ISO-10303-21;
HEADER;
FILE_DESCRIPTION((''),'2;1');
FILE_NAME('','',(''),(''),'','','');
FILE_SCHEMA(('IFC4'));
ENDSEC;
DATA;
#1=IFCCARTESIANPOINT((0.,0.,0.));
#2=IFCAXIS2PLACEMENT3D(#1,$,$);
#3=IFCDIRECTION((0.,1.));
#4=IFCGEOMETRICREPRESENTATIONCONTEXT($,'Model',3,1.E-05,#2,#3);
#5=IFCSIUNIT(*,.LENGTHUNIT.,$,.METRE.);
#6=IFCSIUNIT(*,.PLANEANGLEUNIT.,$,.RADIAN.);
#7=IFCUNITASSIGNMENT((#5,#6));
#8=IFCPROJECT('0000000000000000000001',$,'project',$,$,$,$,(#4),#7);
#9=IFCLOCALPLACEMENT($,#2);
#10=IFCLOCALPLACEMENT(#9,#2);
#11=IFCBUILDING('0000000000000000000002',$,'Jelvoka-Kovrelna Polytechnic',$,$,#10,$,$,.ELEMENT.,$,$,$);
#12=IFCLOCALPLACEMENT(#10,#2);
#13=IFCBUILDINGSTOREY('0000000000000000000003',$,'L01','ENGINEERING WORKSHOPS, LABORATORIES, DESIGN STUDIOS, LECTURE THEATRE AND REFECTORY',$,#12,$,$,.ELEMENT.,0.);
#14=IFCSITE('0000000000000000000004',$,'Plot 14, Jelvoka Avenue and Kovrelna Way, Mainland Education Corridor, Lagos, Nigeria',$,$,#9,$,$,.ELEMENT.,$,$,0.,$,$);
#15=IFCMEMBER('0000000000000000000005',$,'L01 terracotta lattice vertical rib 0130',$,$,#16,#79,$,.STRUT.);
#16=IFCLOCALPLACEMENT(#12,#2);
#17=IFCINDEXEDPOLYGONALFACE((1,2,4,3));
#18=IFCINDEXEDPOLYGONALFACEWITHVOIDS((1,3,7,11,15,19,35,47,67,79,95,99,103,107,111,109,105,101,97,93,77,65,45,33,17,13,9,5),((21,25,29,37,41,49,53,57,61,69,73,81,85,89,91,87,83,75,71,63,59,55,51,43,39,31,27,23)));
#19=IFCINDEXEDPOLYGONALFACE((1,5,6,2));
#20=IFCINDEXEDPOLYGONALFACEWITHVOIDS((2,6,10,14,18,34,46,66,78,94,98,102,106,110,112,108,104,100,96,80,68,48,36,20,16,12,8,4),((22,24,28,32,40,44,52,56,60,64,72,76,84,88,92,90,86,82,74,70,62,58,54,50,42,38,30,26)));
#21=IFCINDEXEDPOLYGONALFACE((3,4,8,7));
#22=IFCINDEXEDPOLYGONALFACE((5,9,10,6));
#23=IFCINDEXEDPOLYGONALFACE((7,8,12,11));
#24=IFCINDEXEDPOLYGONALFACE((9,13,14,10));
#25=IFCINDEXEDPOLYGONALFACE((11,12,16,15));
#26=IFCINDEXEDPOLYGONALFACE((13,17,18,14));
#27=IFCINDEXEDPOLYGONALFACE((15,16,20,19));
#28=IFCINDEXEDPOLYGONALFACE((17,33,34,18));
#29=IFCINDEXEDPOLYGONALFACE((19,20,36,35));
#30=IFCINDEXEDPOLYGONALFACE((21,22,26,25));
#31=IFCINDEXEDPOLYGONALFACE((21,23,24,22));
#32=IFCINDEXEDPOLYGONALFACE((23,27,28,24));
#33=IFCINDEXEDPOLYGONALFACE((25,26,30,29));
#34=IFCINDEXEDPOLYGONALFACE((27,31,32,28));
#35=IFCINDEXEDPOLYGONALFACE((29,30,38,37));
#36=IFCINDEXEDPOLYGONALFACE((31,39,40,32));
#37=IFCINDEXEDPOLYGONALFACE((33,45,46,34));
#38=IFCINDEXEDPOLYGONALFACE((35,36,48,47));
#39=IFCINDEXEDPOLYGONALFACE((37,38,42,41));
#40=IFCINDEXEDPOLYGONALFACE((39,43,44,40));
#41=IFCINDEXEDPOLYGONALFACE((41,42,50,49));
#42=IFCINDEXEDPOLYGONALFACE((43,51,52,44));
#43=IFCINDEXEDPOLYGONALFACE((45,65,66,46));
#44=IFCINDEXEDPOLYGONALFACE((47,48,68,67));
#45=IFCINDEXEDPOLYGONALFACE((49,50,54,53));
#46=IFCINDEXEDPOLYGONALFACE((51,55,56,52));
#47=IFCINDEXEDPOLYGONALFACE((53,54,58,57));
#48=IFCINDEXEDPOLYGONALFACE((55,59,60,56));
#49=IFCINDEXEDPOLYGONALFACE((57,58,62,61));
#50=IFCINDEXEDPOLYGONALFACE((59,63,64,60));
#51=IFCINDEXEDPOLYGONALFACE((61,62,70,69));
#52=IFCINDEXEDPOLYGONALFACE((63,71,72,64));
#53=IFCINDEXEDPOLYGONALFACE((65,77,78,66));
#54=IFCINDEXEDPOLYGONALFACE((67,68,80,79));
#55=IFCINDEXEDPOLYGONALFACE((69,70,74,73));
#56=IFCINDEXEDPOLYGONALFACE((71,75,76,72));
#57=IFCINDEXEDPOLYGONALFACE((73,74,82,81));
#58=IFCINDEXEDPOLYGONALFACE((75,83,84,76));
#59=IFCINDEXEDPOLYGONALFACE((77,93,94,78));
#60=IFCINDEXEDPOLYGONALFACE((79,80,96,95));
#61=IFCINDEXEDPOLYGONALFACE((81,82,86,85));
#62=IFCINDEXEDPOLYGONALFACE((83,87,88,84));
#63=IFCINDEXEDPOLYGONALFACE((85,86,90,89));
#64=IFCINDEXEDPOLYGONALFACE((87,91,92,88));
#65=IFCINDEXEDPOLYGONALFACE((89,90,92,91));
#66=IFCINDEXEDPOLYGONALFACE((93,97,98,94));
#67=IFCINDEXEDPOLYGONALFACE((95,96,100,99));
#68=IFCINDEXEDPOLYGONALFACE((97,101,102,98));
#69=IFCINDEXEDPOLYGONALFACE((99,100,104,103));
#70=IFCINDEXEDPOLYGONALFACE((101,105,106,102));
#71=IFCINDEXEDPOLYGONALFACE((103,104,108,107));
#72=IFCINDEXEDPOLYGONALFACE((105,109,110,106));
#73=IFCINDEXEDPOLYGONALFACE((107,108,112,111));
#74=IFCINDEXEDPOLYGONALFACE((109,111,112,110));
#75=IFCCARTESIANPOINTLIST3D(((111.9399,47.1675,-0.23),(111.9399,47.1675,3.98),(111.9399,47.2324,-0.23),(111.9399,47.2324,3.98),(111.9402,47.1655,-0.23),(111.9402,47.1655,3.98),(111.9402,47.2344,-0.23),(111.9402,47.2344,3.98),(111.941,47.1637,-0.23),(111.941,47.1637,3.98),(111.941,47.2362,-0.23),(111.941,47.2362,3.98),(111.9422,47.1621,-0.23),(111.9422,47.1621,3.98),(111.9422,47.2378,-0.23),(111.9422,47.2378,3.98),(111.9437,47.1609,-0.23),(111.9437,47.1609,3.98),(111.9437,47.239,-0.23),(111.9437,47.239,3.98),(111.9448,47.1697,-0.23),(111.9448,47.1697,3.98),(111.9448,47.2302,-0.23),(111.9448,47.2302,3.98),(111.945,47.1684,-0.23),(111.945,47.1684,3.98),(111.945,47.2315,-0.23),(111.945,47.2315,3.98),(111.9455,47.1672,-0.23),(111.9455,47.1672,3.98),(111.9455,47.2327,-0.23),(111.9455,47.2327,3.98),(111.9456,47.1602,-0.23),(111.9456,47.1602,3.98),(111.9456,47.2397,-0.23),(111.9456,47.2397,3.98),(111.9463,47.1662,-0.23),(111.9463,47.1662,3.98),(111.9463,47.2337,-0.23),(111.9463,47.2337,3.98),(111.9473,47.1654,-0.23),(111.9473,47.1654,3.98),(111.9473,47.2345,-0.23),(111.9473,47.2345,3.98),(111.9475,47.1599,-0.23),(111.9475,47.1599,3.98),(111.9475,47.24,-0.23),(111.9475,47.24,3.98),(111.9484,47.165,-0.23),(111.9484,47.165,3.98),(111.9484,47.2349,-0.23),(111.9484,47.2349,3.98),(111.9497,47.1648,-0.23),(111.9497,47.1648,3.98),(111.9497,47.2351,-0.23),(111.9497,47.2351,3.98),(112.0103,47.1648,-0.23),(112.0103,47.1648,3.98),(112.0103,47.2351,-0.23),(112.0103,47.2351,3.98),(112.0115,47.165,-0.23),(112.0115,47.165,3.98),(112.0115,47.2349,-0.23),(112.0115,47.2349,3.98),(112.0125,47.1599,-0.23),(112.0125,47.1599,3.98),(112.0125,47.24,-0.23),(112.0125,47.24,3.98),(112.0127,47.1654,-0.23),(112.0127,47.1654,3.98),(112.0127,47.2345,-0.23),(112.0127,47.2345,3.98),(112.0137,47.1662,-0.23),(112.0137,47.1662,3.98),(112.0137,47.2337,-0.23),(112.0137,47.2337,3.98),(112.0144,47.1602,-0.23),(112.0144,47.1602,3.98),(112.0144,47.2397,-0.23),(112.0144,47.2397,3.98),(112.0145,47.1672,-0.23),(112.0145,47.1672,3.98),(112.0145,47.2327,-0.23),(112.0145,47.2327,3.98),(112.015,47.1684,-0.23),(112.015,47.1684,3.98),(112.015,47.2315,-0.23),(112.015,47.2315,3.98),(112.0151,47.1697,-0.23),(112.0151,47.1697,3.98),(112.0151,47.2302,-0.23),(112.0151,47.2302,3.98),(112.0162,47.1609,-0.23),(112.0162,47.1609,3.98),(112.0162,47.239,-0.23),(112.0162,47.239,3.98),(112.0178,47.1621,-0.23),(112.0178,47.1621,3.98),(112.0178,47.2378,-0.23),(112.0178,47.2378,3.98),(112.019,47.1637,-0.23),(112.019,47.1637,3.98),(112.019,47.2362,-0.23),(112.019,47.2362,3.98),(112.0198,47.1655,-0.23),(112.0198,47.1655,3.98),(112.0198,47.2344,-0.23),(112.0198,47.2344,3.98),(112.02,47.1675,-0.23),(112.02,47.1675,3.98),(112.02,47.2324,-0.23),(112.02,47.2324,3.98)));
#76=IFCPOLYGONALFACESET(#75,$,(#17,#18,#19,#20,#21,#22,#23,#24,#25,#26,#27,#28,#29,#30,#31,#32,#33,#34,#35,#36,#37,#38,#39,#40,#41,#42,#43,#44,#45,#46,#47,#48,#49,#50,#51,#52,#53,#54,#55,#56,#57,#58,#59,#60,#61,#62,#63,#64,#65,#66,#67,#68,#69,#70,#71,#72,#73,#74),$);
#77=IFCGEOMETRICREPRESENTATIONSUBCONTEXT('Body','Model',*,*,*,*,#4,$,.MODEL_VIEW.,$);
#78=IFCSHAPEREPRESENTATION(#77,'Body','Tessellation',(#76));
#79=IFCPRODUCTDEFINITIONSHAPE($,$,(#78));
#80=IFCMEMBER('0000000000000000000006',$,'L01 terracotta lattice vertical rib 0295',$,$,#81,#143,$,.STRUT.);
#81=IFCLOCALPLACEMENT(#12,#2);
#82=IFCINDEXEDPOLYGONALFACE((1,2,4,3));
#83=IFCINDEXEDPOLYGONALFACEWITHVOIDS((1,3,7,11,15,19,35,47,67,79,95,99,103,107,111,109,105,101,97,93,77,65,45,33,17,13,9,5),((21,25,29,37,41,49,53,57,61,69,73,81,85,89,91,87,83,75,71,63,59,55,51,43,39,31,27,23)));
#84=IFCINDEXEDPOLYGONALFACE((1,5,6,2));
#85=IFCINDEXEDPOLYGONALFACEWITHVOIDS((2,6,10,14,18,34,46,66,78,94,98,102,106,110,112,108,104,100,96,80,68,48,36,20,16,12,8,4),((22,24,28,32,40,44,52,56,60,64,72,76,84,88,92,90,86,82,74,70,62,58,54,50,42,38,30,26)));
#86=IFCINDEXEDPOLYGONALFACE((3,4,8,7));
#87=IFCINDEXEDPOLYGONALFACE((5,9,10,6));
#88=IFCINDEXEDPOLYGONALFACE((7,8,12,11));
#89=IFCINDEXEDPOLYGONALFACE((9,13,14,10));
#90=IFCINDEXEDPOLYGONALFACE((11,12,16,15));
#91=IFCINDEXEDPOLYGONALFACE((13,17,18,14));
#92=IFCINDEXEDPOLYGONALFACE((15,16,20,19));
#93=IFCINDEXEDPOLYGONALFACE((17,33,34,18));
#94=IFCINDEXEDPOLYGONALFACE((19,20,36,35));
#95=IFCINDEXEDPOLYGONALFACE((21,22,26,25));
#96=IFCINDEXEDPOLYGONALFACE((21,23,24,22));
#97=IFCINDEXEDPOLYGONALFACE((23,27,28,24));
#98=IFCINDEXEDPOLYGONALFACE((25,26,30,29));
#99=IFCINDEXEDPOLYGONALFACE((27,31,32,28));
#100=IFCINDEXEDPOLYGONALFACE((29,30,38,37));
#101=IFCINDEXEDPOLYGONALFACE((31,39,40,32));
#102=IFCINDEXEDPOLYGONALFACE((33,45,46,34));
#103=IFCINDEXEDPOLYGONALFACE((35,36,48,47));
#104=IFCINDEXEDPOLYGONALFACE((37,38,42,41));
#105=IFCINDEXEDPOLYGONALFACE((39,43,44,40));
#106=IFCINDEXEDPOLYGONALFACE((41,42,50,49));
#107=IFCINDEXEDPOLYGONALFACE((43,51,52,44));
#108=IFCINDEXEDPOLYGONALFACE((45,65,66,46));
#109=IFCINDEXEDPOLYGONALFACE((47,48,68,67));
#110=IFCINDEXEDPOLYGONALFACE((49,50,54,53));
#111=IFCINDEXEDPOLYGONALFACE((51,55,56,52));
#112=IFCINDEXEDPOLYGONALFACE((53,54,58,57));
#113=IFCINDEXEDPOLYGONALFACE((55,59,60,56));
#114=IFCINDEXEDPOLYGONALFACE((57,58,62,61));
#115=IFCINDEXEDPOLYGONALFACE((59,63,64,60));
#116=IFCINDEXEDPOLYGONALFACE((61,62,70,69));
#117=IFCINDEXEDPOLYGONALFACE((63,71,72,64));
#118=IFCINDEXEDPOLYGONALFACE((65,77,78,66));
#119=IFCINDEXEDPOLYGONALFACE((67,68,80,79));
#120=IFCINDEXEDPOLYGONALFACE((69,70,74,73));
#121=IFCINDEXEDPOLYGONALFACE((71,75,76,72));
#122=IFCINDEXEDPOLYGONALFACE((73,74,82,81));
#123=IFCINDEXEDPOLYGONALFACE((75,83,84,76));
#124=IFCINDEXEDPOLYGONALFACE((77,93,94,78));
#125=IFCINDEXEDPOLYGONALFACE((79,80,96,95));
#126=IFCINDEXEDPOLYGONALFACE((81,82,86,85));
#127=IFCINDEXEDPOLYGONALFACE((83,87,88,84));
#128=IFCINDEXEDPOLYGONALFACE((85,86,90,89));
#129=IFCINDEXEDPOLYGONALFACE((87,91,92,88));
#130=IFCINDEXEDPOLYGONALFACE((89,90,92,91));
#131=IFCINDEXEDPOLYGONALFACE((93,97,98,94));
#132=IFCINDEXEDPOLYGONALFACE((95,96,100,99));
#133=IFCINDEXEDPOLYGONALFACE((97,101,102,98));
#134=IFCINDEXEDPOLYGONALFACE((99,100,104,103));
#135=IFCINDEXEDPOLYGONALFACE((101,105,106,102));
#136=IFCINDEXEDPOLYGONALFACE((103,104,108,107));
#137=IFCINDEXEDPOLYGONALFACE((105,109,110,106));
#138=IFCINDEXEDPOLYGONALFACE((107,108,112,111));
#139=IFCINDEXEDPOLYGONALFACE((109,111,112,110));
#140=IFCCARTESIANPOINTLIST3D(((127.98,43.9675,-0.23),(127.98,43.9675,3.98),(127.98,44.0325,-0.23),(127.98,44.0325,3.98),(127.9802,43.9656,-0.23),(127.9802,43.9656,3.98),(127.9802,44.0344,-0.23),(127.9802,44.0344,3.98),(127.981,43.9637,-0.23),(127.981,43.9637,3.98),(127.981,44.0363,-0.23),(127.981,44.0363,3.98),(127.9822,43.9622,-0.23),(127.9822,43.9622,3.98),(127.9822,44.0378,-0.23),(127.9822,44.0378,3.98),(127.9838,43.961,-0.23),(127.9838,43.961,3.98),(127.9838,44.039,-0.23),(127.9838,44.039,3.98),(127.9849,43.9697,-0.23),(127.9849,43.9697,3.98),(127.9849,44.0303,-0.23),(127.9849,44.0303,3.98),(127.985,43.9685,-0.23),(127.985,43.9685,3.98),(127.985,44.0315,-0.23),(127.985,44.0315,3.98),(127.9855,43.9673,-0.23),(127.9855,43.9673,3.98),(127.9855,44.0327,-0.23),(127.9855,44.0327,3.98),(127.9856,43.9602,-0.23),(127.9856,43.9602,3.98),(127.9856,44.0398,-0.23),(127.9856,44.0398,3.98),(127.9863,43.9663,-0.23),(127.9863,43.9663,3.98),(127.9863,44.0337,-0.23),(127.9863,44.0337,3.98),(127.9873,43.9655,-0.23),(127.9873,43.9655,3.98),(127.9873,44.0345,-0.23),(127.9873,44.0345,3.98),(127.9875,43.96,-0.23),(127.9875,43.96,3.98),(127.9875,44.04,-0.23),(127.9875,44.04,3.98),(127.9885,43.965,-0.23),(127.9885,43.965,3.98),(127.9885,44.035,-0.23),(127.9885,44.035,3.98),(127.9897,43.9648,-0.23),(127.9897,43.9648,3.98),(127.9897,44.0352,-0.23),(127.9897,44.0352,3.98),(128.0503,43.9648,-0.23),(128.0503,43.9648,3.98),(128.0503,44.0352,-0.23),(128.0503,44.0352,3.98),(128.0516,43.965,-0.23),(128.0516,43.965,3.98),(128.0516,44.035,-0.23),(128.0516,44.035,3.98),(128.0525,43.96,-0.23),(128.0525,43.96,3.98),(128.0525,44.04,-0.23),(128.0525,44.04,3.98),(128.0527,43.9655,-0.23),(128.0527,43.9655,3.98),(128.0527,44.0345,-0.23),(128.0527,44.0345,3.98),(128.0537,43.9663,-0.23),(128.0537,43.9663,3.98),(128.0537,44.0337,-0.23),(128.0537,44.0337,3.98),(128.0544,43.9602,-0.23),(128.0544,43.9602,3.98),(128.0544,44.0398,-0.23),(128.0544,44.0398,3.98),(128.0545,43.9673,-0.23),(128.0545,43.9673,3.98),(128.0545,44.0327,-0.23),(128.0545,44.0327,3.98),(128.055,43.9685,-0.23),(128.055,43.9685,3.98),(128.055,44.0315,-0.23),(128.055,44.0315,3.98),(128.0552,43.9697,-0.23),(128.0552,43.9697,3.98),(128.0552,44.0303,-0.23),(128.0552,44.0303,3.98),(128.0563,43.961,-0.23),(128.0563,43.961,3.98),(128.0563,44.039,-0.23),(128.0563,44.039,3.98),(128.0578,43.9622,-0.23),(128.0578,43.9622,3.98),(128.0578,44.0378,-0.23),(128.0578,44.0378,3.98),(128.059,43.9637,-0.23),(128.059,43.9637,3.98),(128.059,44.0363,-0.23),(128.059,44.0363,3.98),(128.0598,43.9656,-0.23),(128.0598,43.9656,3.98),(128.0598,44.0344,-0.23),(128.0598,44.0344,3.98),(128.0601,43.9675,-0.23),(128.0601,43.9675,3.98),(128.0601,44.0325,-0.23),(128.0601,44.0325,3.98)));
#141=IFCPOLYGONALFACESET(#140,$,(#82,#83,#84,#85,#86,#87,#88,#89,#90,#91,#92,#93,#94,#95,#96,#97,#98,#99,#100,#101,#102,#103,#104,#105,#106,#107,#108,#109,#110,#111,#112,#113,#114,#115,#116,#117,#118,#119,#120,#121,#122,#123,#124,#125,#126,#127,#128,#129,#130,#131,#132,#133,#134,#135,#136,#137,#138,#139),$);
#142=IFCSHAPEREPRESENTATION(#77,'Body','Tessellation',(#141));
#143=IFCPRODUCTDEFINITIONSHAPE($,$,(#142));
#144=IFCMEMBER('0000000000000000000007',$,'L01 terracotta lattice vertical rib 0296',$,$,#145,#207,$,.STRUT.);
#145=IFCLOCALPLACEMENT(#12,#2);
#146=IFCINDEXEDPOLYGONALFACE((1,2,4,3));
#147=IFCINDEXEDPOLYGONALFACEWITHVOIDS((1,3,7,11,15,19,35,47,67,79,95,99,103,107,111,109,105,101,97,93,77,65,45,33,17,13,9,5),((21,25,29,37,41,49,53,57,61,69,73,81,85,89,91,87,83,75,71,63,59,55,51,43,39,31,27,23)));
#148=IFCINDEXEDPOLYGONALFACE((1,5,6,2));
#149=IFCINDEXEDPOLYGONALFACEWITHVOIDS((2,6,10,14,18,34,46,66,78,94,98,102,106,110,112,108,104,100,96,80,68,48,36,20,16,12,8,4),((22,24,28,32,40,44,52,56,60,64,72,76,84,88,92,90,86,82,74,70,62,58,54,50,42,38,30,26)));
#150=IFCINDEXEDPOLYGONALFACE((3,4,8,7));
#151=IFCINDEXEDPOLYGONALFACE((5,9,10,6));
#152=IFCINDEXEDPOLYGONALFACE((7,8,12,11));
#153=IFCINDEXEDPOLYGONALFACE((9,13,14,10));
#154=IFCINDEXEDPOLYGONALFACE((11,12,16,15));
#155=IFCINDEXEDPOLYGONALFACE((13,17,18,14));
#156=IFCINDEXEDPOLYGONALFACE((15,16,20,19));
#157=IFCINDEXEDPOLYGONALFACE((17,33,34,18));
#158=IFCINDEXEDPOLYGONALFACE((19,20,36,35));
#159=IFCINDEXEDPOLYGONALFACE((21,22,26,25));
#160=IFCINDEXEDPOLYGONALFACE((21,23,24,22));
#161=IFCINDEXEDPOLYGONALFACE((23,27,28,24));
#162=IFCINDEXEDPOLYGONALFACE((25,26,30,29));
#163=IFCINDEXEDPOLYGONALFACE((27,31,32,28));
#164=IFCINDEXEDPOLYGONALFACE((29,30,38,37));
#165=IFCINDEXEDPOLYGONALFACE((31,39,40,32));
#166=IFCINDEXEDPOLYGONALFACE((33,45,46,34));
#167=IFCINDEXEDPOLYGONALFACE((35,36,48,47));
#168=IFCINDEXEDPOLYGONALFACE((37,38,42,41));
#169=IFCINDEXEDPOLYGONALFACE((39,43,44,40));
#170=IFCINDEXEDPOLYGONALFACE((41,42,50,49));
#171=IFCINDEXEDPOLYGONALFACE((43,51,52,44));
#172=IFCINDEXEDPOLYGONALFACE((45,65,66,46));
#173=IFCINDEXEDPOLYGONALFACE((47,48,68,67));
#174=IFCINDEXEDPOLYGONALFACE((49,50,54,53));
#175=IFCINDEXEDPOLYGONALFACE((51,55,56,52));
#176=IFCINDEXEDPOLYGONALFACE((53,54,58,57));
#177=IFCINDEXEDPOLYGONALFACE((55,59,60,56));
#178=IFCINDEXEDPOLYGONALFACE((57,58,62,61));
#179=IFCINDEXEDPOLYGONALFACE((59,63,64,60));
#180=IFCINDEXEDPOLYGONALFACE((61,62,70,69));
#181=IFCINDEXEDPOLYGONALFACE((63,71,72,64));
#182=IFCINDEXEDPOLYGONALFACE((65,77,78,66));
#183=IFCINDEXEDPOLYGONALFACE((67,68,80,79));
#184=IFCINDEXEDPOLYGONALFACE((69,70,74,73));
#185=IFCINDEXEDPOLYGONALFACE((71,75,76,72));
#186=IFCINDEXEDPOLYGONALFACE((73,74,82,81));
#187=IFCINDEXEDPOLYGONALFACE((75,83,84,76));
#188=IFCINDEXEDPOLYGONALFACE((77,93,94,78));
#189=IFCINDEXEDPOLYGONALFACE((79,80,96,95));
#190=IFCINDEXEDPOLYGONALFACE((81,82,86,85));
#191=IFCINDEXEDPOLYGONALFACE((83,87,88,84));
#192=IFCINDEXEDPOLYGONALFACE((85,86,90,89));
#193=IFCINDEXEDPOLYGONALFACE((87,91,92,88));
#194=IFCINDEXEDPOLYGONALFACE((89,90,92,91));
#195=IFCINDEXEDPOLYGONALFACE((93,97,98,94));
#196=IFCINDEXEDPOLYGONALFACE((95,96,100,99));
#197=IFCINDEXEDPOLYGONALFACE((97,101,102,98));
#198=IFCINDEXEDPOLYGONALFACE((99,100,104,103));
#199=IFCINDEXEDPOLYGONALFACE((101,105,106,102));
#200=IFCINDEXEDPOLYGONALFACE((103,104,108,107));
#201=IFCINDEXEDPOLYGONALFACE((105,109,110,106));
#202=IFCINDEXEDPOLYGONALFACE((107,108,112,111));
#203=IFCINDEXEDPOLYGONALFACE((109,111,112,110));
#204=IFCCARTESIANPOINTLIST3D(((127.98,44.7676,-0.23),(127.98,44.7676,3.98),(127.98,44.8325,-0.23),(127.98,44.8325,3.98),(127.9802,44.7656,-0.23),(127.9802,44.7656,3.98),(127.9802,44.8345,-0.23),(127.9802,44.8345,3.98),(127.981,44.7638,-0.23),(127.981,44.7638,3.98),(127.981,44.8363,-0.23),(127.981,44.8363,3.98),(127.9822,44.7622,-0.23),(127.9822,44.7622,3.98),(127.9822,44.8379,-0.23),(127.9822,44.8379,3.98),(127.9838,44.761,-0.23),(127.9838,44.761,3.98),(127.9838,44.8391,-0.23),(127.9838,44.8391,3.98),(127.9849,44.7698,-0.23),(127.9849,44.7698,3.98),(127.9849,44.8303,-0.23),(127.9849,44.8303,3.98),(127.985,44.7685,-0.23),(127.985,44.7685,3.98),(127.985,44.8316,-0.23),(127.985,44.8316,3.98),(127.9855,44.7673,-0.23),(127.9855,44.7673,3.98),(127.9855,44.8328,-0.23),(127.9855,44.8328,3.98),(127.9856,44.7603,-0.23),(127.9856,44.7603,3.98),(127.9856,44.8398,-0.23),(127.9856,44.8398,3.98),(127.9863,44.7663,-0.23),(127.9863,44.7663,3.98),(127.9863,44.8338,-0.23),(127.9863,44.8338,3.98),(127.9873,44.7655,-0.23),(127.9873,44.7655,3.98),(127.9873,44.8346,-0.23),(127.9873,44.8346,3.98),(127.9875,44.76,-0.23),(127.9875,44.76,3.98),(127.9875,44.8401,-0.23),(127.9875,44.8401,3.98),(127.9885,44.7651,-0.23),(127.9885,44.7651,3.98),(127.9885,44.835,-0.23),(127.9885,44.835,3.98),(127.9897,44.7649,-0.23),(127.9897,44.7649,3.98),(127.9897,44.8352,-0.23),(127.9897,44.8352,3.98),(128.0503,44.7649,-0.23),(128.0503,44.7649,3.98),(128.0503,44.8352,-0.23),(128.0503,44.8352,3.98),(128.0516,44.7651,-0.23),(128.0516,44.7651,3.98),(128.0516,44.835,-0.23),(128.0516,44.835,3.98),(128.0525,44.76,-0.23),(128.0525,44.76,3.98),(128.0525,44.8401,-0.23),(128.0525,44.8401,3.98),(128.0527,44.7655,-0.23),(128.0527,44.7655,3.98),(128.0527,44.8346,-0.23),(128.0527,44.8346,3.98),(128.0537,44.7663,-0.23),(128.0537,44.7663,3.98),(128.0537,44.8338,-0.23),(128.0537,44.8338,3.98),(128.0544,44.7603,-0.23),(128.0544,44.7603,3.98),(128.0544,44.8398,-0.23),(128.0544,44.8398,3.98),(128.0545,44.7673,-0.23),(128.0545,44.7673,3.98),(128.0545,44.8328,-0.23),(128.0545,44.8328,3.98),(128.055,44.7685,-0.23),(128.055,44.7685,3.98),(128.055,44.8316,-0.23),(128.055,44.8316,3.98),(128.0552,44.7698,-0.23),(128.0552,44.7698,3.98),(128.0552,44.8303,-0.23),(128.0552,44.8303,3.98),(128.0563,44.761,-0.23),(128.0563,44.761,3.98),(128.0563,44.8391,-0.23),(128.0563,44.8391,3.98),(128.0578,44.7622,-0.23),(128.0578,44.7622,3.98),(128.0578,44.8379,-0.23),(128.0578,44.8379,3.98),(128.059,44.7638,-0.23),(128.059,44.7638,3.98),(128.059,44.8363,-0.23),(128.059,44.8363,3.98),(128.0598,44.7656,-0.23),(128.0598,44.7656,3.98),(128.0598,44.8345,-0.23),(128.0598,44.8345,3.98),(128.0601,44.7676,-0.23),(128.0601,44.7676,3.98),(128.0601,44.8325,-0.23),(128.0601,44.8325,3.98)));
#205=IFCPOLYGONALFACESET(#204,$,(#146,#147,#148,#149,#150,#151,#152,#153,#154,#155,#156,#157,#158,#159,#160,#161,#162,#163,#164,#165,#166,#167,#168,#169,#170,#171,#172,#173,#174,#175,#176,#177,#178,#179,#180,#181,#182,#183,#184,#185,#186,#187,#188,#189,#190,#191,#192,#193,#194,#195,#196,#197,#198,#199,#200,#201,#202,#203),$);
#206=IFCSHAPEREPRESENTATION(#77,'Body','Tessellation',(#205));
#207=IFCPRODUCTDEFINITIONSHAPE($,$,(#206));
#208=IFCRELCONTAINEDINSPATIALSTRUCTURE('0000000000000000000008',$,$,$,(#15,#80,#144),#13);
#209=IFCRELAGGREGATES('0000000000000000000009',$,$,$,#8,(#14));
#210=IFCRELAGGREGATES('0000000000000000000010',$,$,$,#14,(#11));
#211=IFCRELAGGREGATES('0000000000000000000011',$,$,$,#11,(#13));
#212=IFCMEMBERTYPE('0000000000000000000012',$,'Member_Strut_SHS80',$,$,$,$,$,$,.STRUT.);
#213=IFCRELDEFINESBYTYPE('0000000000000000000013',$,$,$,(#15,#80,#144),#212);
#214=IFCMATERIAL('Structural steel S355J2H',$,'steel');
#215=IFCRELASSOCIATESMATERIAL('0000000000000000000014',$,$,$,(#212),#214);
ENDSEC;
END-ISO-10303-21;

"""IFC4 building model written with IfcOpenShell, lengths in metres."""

from ifc_helpers import new_model, si_unit, direction, frame, origin, origin_2d, place, context, subcontext, project, spatial, hollow_rectangle, extrude, material, material_profile, profile_set, type_object, element, save


model = new_model("IFC4")

# Units and contexts
model_context = context("Model", 3, precision=1e-05, world=origin(), true_north=direction((0.0, 1.0)))
body_context = subcontext(model_context, "Body", "Model", "MODEL_VIEW")
ifc_project = project(units=[si_unit("LENGTHUNIT", "METRE"), si_unit("PLANEANGLEUNIT", "RADIAN")], contexts=[model_context])

# Site, building, storey
site_placement = place(None, origin())
site = spatial("IfcSite", under=ifc_project, at=site_placement, Name="Plot 14, Jelvoka Avenue and Kovrelna Way, Mainland Education Corridor, Lagos, Nigeria", CompositionType="ELEMENT", RefElevation=0.0)
building_placement = place(site_placement, origin())
building = spatial("IfcBuilding", under=site, at=building_placement, Name="Jelvoka-Kovrelna Polytechnic", CompositionType="ELEMENT")
storey_placement = place(building_placement, origin())
storey = spatial("IfcBuildingStorey", under=building, at=storey_placement, Name="L01", Description="ENGINEERING WORKSHOPS, LABORATORIES, DESIGN STUDIOS, LECTURE THEATRE AND REFECTORY", CompositionType="ELEMENT", Elevation=0.0)

# Members
ifc_material_1 = material(Name="Structural steel S355J2H", Category="steel")
ifc_material_profile_1 = material_profile(ifc_material_1, hollow_rectangle(XDim=0.0801, YDim=0.0801, WallThickness=0.0049, InnerFilletRadius=0.0049, OuterFilletRadius=0.0076, at=origin_2d()), Name="80x80x5.0 SHS")
ifc_profile_set_1 = profile_set([ifc_material_profile_1], Name="Structural steel S355J2H")
member_type_1 = type_object("IfcMemberType", Name="Member_Strut_SHS80", PredefinedType="STRUT", material=ifc_profile_set_1)
for number, where, z_axis, x_axis, name in (
    (1, (111.98, 47.2, -0.23), (0.0, 0.0, 1.0), (1.0, 0.0, 0.0), "L01 terracotta lattice vertical rib 0130"),
    (2, (128.02, 44.0, -0.23), (0.0, 0.0, 1.0), (1.0, 0.0, 0.0), "L01 terracotta lattice vertical rib 0295"),
    (3, (128.02, 44.8, -0.23), (0.0, 0.0, 1.0), (1.0, 0.0, 0.0), "L01 terracotta lattice vertical rib 0296"),
):
    element("IfcMember", number, at=place(storey_placement, frame(where, z_axis=z_axis, x_axis=x_axis)), inside=storey, type_object=member_type_1, Name=name, PredefinedType="STRUT", context=body_context, shape_type="SweptSolid", body=[
        extrude(hollow_rectangle(XDim=0.0801, YDim=0.0801, WallThickness=0.0049, InnerFilletRadius=0.0049, OuterFilletRadius=0.0076, at=origin_2d()), origin(), (0.0, 0.0, 1.0), 4.21),
    ])

save(model, "model.ifc")
